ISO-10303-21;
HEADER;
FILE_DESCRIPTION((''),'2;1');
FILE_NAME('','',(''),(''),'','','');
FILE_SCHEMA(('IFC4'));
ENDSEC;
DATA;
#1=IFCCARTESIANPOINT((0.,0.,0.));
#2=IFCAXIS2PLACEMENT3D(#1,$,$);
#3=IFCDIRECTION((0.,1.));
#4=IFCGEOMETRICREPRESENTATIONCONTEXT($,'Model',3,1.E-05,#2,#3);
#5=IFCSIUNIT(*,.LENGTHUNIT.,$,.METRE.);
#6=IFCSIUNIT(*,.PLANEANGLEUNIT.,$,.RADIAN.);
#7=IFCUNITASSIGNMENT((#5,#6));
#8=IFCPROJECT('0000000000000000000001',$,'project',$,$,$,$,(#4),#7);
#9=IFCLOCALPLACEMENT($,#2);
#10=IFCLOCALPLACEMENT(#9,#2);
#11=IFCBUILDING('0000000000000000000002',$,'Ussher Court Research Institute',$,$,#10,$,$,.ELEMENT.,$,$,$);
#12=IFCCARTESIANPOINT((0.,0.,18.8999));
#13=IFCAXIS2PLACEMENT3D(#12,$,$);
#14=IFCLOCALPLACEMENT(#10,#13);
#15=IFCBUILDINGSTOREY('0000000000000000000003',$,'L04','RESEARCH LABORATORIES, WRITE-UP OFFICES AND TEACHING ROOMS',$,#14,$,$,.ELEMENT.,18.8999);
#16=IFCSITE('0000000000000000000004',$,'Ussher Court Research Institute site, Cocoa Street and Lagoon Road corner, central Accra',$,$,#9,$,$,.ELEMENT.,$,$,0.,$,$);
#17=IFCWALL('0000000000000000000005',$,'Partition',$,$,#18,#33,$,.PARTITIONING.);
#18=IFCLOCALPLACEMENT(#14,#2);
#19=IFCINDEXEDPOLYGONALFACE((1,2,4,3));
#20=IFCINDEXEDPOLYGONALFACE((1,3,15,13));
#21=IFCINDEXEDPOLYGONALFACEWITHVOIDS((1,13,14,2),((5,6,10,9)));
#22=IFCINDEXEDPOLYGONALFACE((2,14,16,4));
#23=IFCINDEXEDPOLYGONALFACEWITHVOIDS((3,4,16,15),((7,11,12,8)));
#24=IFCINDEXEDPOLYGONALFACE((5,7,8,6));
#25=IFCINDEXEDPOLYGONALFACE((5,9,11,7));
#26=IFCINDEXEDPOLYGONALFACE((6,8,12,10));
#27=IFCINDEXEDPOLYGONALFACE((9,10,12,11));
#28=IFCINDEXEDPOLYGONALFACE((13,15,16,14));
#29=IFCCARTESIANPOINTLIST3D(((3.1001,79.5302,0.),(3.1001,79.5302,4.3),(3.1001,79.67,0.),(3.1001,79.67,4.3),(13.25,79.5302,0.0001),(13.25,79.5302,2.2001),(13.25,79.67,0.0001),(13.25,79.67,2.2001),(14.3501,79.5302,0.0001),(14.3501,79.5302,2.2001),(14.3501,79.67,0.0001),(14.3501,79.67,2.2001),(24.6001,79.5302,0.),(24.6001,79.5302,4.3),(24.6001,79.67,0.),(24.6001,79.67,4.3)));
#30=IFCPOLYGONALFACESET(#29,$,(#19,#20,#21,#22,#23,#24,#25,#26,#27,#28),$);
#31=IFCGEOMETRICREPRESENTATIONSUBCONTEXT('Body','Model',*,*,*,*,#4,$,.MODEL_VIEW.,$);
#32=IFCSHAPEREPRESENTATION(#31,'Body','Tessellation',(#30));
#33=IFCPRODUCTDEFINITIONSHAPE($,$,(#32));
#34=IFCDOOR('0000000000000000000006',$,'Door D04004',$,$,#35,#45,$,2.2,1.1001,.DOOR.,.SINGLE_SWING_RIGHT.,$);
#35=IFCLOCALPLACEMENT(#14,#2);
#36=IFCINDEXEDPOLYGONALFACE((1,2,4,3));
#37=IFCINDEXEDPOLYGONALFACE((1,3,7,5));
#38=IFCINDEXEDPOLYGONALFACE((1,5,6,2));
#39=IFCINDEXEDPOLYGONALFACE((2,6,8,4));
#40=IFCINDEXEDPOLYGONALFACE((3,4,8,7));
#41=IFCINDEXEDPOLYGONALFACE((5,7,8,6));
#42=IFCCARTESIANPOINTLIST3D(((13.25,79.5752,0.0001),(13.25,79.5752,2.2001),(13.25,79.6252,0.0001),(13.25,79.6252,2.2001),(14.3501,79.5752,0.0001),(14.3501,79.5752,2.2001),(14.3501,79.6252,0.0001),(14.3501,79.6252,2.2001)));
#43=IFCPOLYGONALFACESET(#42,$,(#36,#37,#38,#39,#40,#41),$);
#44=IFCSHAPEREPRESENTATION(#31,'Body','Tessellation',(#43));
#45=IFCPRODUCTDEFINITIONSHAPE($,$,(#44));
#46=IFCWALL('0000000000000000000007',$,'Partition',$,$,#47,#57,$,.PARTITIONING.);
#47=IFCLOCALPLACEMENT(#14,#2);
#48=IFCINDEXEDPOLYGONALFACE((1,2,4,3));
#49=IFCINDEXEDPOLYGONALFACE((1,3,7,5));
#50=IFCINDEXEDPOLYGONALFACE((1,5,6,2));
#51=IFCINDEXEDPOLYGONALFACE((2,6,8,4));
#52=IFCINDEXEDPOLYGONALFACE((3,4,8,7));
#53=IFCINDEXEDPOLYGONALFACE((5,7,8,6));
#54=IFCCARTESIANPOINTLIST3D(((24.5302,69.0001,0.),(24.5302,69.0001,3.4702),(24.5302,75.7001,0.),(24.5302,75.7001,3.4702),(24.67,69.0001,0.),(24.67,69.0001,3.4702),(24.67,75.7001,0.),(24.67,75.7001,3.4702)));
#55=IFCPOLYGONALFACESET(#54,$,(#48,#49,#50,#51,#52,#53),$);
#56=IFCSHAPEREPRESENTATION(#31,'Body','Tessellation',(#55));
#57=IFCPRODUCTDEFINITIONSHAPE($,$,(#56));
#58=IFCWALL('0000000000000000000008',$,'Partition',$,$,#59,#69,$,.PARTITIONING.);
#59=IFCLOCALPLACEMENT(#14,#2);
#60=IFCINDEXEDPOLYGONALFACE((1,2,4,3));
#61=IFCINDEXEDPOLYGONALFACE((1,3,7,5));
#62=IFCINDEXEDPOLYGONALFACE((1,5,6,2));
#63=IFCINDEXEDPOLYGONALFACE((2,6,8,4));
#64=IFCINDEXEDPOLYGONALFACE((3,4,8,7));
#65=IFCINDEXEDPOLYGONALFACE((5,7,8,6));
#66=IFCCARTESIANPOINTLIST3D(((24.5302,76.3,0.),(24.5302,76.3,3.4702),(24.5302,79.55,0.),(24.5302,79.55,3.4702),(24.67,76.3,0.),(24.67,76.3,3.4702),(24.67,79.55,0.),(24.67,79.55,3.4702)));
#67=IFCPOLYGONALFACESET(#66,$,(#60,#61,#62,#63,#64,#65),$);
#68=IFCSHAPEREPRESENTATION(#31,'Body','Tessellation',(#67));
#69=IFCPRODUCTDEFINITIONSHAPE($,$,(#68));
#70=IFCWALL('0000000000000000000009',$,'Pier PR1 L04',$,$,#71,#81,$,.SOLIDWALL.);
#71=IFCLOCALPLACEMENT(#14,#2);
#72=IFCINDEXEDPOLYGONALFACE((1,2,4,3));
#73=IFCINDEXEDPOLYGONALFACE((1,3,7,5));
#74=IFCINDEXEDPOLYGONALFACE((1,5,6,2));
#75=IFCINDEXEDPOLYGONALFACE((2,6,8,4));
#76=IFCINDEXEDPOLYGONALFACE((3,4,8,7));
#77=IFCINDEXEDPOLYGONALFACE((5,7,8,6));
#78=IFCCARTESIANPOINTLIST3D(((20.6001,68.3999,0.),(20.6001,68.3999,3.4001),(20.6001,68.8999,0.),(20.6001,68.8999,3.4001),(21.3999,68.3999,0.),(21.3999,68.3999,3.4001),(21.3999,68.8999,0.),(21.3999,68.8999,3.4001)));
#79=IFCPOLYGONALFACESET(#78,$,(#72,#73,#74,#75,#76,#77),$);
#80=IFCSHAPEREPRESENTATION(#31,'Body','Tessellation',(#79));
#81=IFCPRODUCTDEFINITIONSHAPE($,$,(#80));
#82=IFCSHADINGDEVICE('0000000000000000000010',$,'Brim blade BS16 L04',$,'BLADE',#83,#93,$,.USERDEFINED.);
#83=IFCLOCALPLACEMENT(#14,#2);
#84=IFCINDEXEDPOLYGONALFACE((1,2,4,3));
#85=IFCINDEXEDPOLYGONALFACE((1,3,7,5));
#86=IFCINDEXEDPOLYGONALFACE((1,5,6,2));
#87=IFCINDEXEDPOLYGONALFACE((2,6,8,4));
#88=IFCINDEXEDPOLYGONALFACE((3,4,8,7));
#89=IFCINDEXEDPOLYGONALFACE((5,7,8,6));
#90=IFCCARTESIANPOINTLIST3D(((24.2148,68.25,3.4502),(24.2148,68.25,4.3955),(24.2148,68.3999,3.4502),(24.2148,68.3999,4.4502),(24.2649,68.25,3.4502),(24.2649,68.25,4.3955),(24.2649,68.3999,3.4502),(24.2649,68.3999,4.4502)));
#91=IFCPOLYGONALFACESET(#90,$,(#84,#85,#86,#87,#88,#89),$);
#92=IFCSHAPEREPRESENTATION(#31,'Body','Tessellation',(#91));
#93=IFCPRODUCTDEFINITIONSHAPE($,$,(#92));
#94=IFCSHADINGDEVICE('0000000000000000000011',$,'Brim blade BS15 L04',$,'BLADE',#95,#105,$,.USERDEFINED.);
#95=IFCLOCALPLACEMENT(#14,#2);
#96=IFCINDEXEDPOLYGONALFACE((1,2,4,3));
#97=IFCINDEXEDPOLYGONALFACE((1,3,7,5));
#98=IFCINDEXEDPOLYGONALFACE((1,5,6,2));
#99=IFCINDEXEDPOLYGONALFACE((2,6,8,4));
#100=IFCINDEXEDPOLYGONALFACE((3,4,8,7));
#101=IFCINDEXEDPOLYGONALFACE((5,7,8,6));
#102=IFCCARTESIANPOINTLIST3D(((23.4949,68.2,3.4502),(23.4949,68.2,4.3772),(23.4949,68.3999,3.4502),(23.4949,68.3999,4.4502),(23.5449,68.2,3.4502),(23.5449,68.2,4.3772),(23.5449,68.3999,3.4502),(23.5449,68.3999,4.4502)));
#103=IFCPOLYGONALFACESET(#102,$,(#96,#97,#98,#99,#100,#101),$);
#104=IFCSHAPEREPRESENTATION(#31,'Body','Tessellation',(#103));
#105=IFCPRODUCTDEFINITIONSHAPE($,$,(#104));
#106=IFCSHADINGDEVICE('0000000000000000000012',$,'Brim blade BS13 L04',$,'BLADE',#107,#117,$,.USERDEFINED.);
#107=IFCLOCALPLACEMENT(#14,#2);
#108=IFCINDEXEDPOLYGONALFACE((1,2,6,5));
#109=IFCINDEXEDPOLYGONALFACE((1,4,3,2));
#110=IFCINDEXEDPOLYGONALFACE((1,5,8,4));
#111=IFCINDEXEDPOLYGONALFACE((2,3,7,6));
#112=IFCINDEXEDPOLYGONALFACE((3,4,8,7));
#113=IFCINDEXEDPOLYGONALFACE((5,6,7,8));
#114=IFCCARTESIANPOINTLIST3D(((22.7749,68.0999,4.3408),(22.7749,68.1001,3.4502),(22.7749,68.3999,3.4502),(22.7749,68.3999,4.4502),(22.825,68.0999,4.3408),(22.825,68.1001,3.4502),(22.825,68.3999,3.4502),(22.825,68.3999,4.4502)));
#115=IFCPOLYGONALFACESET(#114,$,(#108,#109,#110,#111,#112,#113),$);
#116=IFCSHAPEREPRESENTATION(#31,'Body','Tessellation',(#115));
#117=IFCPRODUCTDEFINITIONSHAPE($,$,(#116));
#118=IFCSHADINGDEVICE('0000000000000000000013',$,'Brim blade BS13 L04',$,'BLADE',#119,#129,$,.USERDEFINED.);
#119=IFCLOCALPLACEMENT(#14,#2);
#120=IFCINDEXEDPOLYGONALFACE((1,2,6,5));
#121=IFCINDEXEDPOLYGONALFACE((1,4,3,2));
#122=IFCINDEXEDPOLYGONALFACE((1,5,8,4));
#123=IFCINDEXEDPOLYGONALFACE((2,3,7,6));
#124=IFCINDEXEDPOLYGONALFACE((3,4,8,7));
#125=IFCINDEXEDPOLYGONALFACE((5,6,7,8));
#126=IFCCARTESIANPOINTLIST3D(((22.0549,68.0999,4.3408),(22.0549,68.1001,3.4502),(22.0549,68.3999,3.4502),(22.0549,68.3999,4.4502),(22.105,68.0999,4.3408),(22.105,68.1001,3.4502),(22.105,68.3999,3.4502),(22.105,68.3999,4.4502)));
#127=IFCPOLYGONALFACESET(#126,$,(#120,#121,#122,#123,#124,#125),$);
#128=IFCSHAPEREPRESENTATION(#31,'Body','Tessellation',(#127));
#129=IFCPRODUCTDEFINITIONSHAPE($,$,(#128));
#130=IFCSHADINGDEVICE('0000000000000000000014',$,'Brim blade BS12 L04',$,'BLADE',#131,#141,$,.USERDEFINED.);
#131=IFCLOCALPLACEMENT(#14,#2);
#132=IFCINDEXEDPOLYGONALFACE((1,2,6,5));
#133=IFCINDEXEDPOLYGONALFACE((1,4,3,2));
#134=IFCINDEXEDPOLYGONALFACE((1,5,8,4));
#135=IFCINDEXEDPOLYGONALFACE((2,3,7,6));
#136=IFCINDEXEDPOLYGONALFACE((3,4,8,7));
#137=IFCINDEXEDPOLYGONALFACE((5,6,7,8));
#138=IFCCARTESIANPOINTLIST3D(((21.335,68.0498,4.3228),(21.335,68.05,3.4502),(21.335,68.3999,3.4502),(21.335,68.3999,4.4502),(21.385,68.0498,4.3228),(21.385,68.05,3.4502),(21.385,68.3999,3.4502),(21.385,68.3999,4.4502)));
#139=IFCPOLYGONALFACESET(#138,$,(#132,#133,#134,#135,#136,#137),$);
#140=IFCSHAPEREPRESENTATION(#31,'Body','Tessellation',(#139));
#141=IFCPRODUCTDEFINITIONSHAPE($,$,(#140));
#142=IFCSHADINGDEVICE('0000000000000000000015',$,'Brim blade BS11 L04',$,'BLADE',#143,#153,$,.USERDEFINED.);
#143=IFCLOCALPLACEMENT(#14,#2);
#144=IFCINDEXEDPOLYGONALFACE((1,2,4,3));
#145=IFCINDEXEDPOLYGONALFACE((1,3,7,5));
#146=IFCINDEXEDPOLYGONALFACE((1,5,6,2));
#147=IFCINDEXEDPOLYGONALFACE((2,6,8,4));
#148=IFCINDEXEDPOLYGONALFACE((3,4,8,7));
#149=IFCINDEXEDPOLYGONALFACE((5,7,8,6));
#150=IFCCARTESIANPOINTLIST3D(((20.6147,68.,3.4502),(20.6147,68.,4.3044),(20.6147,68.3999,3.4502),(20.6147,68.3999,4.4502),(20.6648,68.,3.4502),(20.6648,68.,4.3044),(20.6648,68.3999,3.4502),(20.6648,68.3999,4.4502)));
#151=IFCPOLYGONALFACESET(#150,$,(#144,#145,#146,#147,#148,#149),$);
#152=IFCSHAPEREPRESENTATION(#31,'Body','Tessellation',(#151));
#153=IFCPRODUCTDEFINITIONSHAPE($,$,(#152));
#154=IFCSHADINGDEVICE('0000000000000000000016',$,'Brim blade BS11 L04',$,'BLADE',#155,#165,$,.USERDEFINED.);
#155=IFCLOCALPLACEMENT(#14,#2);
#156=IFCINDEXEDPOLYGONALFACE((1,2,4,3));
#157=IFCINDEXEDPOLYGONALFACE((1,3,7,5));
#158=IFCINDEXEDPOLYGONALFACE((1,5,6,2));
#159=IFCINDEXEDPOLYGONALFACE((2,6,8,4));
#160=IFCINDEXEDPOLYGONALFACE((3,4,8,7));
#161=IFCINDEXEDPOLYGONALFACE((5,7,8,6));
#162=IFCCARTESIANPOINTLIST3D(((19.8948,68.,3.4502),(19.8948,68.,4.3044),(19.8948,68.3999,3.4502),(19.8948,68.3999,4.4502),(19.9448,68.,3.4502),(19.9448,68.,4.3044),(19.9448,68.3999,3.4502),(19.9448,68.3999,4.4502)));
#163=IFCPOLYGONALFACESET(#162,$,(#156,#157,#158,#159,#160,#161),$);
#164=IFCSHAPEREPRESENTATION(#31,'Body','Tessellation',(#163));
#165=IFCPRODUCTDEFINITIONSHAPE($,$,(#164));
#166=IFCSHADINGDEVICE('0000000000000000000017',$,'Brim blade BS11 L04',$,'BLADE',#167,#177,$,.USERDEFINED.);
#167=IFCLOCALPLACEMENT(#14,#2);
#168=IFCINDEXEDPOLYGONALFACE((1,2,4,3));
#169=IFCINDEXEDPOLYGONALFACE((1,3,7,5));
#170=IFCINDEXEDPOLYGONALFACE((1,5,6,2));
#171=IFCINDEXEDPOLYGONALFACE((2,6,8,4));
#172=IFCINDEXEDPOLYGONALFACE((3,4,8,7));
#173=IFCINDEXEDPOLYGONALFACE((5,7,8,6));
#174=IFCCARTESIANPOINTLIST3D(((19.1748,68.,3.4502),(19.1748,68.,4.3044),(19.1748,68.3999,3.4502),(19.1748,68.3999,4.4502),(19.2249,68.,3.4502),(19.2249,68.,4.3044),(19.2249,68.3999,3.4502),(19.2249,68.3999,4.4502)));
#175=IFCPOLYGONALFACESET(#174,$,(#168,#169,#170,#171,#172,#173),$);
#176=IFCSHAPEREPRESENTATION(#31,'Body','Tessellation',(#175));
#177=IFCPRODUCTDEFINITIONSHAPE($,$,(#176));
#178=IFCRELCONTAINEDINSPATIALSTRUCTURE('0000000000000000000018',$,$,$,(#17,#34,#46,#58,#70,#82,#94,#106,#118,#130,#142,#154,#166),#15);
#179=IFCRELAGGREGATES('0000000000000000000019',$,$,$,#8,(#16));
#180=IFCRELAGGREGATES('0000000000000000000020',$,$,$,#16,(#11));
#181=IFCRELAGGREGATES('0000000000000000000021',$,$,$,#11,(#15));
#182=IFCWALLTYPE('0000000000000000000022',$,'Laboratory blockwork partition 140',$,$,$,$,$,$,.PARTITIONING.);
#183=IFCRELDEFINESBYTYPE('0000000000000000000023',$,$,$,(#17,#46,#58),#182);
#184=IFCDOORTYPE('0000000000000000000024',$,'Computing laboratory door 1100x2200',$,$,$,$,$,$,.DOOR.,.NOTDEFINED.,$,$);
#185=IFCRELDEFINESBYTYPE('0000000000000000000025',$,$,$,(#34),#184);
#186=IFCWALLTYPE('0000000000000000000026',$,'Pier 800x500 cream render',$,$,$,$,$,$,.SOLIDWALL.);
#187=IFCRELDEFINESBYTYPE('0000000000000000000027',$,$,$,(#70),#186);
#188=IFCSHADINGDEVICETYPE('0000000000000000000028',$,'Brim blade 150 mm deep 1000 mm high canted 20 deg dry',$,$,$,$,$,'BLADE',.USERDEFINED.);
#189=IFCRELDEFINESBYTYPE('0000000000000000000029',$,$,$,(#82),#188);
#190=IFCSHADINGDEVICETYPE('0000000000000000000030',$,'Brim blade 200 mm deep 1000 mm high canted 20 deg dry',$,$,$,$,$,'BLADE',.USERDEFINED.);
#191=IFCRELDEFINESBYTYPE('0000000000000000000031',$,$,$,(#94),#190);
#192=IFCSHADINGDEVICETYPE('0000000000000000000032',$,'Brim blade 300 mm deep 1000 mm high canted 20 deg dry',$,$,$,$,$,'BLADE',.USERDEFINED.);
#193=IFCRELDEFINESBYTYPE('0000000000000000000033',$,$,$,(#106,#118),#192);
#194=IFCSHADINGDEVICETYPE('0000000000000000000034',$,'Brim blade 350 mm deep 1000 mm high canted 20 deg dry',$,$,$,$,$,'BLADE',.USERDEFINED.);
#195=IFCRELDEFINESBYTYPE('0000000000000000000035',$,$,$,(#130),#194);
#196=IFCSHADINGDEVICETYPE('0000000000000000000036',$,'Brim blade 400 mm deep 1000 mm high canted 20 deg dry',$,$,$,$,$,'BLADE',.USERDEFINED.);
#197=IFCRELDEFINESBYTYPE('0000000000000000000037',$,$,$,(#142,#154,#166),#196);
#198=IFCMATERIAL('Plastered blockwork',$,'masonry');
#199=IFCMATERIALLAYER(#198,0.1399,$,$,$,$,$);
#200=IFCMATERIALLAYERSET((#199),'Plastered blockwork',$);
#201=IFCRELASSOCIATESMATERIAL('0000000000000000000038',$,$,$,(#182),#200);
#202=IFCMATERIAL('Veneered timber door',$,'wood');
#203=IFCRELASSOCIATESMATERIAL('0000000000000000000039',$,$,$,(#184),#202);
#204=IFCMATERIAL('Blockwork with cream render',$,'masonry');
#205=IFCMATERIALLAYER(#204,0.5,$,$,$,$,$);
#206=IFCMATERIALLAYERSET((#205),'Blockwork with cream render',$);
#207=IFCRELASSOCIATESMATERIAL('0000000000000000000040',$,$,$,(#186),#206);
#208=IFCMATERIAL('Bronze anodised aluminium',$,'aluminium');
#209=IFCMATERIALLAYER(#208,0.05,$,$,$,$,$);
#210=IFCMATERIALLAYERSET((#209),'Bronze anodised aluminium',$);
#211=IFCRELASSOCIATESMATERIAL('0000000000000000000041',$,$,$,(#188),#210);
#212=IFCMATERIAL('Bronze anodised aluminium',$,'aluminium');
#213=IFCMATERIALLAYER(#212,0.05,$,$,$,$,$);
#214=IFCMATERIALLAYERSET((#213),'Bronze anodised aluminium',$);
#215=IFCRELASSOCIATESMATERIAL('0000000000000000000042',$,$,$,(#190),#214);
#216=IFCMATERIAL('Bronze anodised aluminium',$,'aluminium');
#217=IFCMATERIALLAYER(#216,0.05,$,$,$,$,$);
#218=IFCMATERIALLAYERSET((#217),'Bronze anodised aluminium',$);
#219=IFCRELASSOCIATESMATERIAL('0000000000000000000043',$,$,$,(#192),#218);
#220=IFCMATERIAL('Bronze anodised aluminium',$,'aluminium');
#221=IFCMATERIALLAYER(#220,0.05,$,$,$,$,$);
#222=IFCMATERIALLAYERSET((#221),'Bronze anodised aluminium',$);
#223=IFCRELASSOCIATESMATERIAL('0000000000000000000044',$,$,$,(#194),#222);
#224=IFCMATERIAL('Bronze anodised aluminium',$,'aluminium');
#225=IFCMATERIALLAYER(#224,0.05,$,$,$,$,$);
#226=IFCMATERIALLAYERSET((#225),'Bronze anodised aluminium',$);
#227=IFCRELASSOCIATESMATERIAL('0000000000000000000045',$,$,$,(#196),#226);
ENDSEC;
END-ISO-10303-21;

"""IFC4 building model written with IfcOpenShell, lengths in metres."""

from ifc_helpers import new_model, si_unit, direction, frame, frame_2d, origin, place, context, subcontext, project, spatial, polyline, rectangle, outline, extrude, material, layer, layer_set, type_object, element, fill, save


model = new_model("IFC4")

# Units and contexts
model_context = context("Model", 3, precision=1e-05, world=origin(), true_north=direction((0.0, 1.0)))
body_context = subcontext(model_context, "Body", "Model", "MODEL_VIEW")
ifc_project = project(units=[si_unit("LENGTHUNIT", "METRE"), si_unit("PLANEANGLEUNIT", "RADIAN")], contexts=[model_context])

# Site, building, storey
site_placement = place(None, origin())
site = spatial("IfcSite", under=ifc_project, at=site_placement, Name="Ussher Court Research Institute site, Cocoa Street and Lagoon Road corner, central Accra", CompositionType="ELEMENT", RefElevation=0.0)
building_placement = place(site_placement, origin())
building = spatial("IfcBuilding", under=site, at=building_placement, Name="Ussher Court Research Institute", CompositionType="ELEMENT")
storey_placement = place(building_placement, frame((0.0, 0.0, 18.8999)))
storey = spatial("IfcBuildingStorey", under=building, at=storey_placement, Name="L04", Description="RESEARCH LABORATORIES, WRITE-UP OFFICES AND TEACHING ROOMS", CompositionType="ELEMENT", Elevation=18.8999)

# Wall, opening, door
ifc_material_1 = material(Name="Plastered blockwork", Category="masonry")
ifc_layer_1 = layer(ifc_material_1, 0.1399)
ifc_layer_set_1 = layer_set([ifc_layer_1], Name="Plastered blockwork")
wall_type_1 = type_object("IfcWallType", Name="Laboratory blockwork partition 140", PredefinedType="PARTITIONING", material=ifc_layer_set_1)
wall_1_placement = place(storey_placement, frame((24.6001, 79.6001, 0.0), z_axis=(0.0, 0.0, 1.0), x_axis=(-1.0, 0.0, 0.0)))
wall_1 = element("IfcWall", 1, at=wall_1_placement, inside=storey, type_object=wall_type_1, Name="Partition", PredefinedType="PARTITIONING", context=body_context, shape_type="SweptSolid", body=[
    extrude(rectangle(XDim=21.5, YDim=0.1399, at=frame_2d((10.75, 0.0))), origin(), (0.0, 0.0, 1.0), 4.3),
])
opening_1_placement = place(wall_1_placement, frame((10.25, 0.0, 0.0)))
opening_1 = element("IfcOpeningElement", 2, at=opening_1_placement, cuts=wall_1, PredefinedType="OPENING", context=body_context, shape_type="SweptSolid", body=[
    extrude(rectangle(XDim=1.1001, YDim=2.2, at=frame_2d((0.55, 1.1001))), frame((0.0, 0.0801, 0.0), z_axis=(0.0, -1.0, 0.0), x_axis=(1.0, 0.0, 0.0)), (0.0, 0.0, 1.0), 0.1599),
])
ifc_material_2 = material(Name="Veneered timber door", Category="wood")
door_type = type_object("IfcDoorType", Name="Computing laboratory door 1100x2200", OperationType="NOTDEFINED", PredefinedType="DOOR", material=ifc_material_2)
door_placement = place(opening_1_placement, origin())
door = element("IfcDoor", 3, at=door_placement, inside=storey, type_object=door_type, Name="Door D04004", OperationType="SINGLE_SWING_RIGHT", OverallHeight=2.2, OverallWidth=1.1001, PredefinedType="DOOR", context=body_context, shape_type="SweptSolid", body=[
    extrude(rectangle(XDim=1.1001, YDim=2.2, at=frame_2d((0.55, 1.1001))), frame((0.0, 0.0249, 0.0), z_axis=(0.0, -1.0, 0.0), x_axis=(1.0, 0.0, 0.0)), (0.0, 0.0, 1.0), 0.05),
])
fill(opening_1, door)

# Walls
wall_2_placement = place(storey_placement, frame((24.6001, 69.0, 0.0), z_axis=(0.0, 0.0, 1.0), x_axis=(0.0, 1.0, 0.0)))
element("IfcWall", 4, at=wall_2_placement, inside=storey, type_object=wall_type_1, Name="Partition", PredefinedType="PARTITIONING", context=body_context, shape_type="SweptSolid", body=[
    extrude(rectangle(XDim=6.7, YDim=0.1399, at=frame_2d((3.3501, 0.0))), origin(), (0.0, 0.0, 1.0), 3.4702),
])
wall_3_placement = place(storey_placement, frame((24.6001, 76.3, 0.0), z_axis=(0.0, 0.0, 1.0), x_axis=(0.0, 1.0, 0.0)))
element("IfcWall", 5, at=wall_3_placement, inside=storey, type_object=wall_type_1, Name="Partition", PredefinedType="PARTITIONING", context=body_context, shape_type="SweptSolid", body=[
    extrude(rectangle(XDim=3.25, YDim=0.1399, at=frame_2d((1.625, 0.0))), origin(), (0.0, 0.0, 1.0), 3.4702),
])
ifc_material_3 = material(Name="Blockwork with cream render", Category="masonry")
ifc_layer_2 = layer(ifc_material_3, 0.5)
ifc_layer_set_2 = layer_set([ifc_layer_2], Name="Blockwork with cream render")
wall_type_2 = type_object("IfcWallType", Name="Pier 800x500 cream render", PredefinedType="SOLIDWALL", material=ifc_layer_set_2)
wall_4_placement = place(storey_placement, frame((21.3999, 68.6499, 0.0), z_axis=(0.0, 0.0, 1.0), x_axis=(-1.0, 0.0, 0.0)))
element("IfcWall", 6, at=wall_4_placement, inside=storey, type_object=wall_type_2, Name="Pier PR1 L04", PredefinedType="SOLIDWALL", context=body_context, shape_type="SweptSolid", body=[
    extrude(rectangle(XDim=0.7998, YDim=0.5, at=frame_2d((0.3999, 0.0))), origin(), (0.0, 0.0, 1.0), 3.4001),
])

# Shading devices
ifc_material_4 = material(Name="Bronze anodised aluminium", Category="aluminium")
ifc_layer_3 = layer(ifc_material_4, 0.05)
ifc_layer_set_3 = layer_set([ifc_layer_3], Name="Bronze anodised aluminium")
shading_device_type_1 = type_object("IfcShadingDeviceType", Name="Brim blade 150 mm deep 1000 mm high canted 20 deg dry", ElementType="BLADE", PredefinedType="USERDEFINED", material=ifc_layer_set_3)
shading_device_1_placement = place(storey_placement, frame((24.24, 68.3999, 3.4502), z_axis=(0.0, 0.0, 1.0), x_axis=(0.0, -1.0, 0.0)))
element("IfcShadingDevice", 7, at=shading_device_1_placement, inside=storey, type_object=shading_device_type_1, Name="Brim blade BS16 L04", ObjectType="BLADE", PredefinedType="USERDEFINED", context=body_context, shape_type="SweptSolid", body=[
    extrude(outline(polyline([(0.0, 0.0), (0.1499, 0.0), (0.1499, 0.9453), (0.0, 1.0), (0.0, 0.0)])), frame((0.0, 0.0249, 0.0), z_axis=(0.0, -1.0, 0.0), x_axis=(1.0, 0.0, 0.0)), (0.0, 0.0, 1.0), 0.05),
])
ifc_material_5 = material(Name="Bronze anodised aluminium", Category="aluminium")
ifc_layer_4 = layer(ifc_material_5, 0.05)
ifc_layer_set_4 = layer_set([ifc_layer_4], Name="Bronze anodised aluminium")
shading_device_type_2 = type_object("IfcShadingDeviceType", Name="Brim blade 200 mm deep 1000 mm high canted 20 deg dry", ElementType="BLADE", PredefinedType="USERDEFINED", material=ifc_layer_set_4)
shading_device_2_placement = place(storey_placement, frame((23.52, 68.3999, 3.4502), z_axis=(0.0, 0.0, 1.0), x_axis=(0.0, -1.0, 0.0)))
element("IfcShadingDevice", 8, at=shading_device_2_placement, inside=storey, type_object=shading_device_type_2, Name="Brim blade BS15 L04", ObjectType="BLADE", PredefinedType="USERDEFINED", context=body_context, shape_type="SweptSolid", body=[
    extrude(outline(polyline([(0.0, 0.0), (0.2, 0.0), (0.2, 0.927), (0.0, 1.0), (0.0, 0.0)])), frame((0.0, 0.0249, 0.0), z_axis=(0.0, -1.0, 0.0), x_axis=(1.0, 0.0, 0.0)), (0.0, 0.0, 1.0), 0.05),
])
ifc_material_6 = material(Name="Bronze anodised aluminium", Category="aluminium")
ifc_layer_5 = layer(ifc_material_6, 0.05)
ifc_layer_set_5 = layer_set([ifc_layer_5], Name="Bronze anodised aluminium")
shading_device_type_3 = type_object("IfcShadingDeviceType", Name="Brim blade 300 mm deep 1000 mm high canted 20 deg dry", ElementType="BLADE", PredefinedType="USERDEFINED", material=ifc_layer_set_5)
for number, where, z_axis, x_axis, name in (
    (9, (22.8, 68.3999, 3.4502), (0.0, 0.0, 1.0), (0.0, -1.0, 0.0), "Brim blade BS13 L04"),
    (10, (22.0801, 68.3999, 3.4502), (0.0, 0.0, 1.0), (0.0, -1.0, 0.0), "Brim blade BS13 L04"),
):
    element("IfcShadingDevice", number, at=place(storey_placement, frame(where, z_axis=z_axis, x_axis=x_axis)), inside=storey, type_object=shading_device_type_3, Name=name, ObjectType="BLADE", PredefinedType="USERDEFINED", context=body_context, shape_type="SweptSolid", body=[
        extrude(outline(polyline([(0.0, 0.0), (0.2998, 0.0), (0.3, 0.8906), (0.0, 1.0), (0.0, 0.0)])), frame((0.0, 0.0249, 0.0), z_axis=(0.0, -1.0, 0.0), x_axis=(1.0, 0.0, 0.0)), (0.0, 0.0, 1.0), 0.05),
    ])
ifc_material_7 = material(Name="Bronze anodised aluminium", Category="aluminium")
ifc_layer_6 = layer(ifc_material_7, 0.05)
ifc_layer_set_6 = layer_set([ifc_layer_6], Name="Bronze anodised aluminium")
shading_device_type_4 = type_object("IfcShadingDeviceType", Name="Brim blade 350 mm deep 1000 mm high canted 20 deg dry", ElementType="BLADE", PredefinedType="USERDEFINED", material=ifc_layer_set_6)
shading_device_3_placement = place(storey_placement, frame((21.3601, 68.3999, 3.4502), z_axis=(0.0, 0.0, 1.0), x_axis=(0.0, -1.0, 0.0)))
element("IfcShadingDevice", 11, at=shading_device_3_placement, inside=storey, type_object=shading_device_type_4, Name="Brim blade BS12 L04", ObjectType="BLADE", PredefinedType="USERDEFINED", context=body_context, shape_type="SweptSolid", body=[
    extrude(outline(polyline([(0.0, 0.0), (0.3499, 0.0), (0.3501, 0.8726), (0.0, 1.0), (0.0, 0.0)])), frame((0.0, 0.0249, 0.0), z_axis=(0.0, -1.0, 0.0), x_axis=(1.0, 0.0, 0.0)), (0.0, 0.0, 1.0), 0.05),
])
ifc_material_8 = material(Name="Bronze anodised aluminium", Category="aluminium")
ifc_layer_7 = layer(ifc_material_8, 0.05)
ifc_layer_set_7 = layer_set([ifc_layer_7], Name="Bronze anodised aluminium")
shading_device_type_5 = type_object("IfcShadingDeviceType", Name="Brim blade 400 mm deep 1000 mm high canted 20 deg dry", ElementType="BLADE", PredefinedType="USERDEFINED", material=ifc_layer_set_7)
for number, where, z_axis, x_axis, name in (
    (12, (20.6399, 68.3999, 3.4502), (0.0, 0.0, 1.0), (0.0, -1.0, 0.0), "Brim blade BS11 L04"),
    (13, (19.9199, 68.3999, 3.4502), (0.0, 0.0, 1.0), (0.0, -1.0, 0.0), "Brim blade BS11 L04"),
    (14, (19.2, 68.3999, 3.4502), (0.0, 0.0, 1.0), (0.0, -1.0, 0.0), "Brim blade BS11 L04"),
):
    element("IfcShadingDevice", number, at=place(storey_placement, frame(where, z_axis=z_axis, x_axis=x_axis)), inside=storey, type_object=shading_device_type_5, Name=name, ObjectType="BLADE", PredefinedType="USERDEFINED", context=body_context, shape_type="SweptSolid", body=[
        extrude(outline(polyline([(0.0, 0.0), (0.3999, 0.0), (0.3999, 0.8542), (0.0, 1.0), (0.0, 0.0)])), frame((0.0, 0.0249, 0.0), z_axis=(0.0, -1.0, 0.0), x_axis=(1.0, 0.0, 0.0)), (0.0, 0.0, 1.0), 0.05),
    ])

save(model, "model.ifc")
